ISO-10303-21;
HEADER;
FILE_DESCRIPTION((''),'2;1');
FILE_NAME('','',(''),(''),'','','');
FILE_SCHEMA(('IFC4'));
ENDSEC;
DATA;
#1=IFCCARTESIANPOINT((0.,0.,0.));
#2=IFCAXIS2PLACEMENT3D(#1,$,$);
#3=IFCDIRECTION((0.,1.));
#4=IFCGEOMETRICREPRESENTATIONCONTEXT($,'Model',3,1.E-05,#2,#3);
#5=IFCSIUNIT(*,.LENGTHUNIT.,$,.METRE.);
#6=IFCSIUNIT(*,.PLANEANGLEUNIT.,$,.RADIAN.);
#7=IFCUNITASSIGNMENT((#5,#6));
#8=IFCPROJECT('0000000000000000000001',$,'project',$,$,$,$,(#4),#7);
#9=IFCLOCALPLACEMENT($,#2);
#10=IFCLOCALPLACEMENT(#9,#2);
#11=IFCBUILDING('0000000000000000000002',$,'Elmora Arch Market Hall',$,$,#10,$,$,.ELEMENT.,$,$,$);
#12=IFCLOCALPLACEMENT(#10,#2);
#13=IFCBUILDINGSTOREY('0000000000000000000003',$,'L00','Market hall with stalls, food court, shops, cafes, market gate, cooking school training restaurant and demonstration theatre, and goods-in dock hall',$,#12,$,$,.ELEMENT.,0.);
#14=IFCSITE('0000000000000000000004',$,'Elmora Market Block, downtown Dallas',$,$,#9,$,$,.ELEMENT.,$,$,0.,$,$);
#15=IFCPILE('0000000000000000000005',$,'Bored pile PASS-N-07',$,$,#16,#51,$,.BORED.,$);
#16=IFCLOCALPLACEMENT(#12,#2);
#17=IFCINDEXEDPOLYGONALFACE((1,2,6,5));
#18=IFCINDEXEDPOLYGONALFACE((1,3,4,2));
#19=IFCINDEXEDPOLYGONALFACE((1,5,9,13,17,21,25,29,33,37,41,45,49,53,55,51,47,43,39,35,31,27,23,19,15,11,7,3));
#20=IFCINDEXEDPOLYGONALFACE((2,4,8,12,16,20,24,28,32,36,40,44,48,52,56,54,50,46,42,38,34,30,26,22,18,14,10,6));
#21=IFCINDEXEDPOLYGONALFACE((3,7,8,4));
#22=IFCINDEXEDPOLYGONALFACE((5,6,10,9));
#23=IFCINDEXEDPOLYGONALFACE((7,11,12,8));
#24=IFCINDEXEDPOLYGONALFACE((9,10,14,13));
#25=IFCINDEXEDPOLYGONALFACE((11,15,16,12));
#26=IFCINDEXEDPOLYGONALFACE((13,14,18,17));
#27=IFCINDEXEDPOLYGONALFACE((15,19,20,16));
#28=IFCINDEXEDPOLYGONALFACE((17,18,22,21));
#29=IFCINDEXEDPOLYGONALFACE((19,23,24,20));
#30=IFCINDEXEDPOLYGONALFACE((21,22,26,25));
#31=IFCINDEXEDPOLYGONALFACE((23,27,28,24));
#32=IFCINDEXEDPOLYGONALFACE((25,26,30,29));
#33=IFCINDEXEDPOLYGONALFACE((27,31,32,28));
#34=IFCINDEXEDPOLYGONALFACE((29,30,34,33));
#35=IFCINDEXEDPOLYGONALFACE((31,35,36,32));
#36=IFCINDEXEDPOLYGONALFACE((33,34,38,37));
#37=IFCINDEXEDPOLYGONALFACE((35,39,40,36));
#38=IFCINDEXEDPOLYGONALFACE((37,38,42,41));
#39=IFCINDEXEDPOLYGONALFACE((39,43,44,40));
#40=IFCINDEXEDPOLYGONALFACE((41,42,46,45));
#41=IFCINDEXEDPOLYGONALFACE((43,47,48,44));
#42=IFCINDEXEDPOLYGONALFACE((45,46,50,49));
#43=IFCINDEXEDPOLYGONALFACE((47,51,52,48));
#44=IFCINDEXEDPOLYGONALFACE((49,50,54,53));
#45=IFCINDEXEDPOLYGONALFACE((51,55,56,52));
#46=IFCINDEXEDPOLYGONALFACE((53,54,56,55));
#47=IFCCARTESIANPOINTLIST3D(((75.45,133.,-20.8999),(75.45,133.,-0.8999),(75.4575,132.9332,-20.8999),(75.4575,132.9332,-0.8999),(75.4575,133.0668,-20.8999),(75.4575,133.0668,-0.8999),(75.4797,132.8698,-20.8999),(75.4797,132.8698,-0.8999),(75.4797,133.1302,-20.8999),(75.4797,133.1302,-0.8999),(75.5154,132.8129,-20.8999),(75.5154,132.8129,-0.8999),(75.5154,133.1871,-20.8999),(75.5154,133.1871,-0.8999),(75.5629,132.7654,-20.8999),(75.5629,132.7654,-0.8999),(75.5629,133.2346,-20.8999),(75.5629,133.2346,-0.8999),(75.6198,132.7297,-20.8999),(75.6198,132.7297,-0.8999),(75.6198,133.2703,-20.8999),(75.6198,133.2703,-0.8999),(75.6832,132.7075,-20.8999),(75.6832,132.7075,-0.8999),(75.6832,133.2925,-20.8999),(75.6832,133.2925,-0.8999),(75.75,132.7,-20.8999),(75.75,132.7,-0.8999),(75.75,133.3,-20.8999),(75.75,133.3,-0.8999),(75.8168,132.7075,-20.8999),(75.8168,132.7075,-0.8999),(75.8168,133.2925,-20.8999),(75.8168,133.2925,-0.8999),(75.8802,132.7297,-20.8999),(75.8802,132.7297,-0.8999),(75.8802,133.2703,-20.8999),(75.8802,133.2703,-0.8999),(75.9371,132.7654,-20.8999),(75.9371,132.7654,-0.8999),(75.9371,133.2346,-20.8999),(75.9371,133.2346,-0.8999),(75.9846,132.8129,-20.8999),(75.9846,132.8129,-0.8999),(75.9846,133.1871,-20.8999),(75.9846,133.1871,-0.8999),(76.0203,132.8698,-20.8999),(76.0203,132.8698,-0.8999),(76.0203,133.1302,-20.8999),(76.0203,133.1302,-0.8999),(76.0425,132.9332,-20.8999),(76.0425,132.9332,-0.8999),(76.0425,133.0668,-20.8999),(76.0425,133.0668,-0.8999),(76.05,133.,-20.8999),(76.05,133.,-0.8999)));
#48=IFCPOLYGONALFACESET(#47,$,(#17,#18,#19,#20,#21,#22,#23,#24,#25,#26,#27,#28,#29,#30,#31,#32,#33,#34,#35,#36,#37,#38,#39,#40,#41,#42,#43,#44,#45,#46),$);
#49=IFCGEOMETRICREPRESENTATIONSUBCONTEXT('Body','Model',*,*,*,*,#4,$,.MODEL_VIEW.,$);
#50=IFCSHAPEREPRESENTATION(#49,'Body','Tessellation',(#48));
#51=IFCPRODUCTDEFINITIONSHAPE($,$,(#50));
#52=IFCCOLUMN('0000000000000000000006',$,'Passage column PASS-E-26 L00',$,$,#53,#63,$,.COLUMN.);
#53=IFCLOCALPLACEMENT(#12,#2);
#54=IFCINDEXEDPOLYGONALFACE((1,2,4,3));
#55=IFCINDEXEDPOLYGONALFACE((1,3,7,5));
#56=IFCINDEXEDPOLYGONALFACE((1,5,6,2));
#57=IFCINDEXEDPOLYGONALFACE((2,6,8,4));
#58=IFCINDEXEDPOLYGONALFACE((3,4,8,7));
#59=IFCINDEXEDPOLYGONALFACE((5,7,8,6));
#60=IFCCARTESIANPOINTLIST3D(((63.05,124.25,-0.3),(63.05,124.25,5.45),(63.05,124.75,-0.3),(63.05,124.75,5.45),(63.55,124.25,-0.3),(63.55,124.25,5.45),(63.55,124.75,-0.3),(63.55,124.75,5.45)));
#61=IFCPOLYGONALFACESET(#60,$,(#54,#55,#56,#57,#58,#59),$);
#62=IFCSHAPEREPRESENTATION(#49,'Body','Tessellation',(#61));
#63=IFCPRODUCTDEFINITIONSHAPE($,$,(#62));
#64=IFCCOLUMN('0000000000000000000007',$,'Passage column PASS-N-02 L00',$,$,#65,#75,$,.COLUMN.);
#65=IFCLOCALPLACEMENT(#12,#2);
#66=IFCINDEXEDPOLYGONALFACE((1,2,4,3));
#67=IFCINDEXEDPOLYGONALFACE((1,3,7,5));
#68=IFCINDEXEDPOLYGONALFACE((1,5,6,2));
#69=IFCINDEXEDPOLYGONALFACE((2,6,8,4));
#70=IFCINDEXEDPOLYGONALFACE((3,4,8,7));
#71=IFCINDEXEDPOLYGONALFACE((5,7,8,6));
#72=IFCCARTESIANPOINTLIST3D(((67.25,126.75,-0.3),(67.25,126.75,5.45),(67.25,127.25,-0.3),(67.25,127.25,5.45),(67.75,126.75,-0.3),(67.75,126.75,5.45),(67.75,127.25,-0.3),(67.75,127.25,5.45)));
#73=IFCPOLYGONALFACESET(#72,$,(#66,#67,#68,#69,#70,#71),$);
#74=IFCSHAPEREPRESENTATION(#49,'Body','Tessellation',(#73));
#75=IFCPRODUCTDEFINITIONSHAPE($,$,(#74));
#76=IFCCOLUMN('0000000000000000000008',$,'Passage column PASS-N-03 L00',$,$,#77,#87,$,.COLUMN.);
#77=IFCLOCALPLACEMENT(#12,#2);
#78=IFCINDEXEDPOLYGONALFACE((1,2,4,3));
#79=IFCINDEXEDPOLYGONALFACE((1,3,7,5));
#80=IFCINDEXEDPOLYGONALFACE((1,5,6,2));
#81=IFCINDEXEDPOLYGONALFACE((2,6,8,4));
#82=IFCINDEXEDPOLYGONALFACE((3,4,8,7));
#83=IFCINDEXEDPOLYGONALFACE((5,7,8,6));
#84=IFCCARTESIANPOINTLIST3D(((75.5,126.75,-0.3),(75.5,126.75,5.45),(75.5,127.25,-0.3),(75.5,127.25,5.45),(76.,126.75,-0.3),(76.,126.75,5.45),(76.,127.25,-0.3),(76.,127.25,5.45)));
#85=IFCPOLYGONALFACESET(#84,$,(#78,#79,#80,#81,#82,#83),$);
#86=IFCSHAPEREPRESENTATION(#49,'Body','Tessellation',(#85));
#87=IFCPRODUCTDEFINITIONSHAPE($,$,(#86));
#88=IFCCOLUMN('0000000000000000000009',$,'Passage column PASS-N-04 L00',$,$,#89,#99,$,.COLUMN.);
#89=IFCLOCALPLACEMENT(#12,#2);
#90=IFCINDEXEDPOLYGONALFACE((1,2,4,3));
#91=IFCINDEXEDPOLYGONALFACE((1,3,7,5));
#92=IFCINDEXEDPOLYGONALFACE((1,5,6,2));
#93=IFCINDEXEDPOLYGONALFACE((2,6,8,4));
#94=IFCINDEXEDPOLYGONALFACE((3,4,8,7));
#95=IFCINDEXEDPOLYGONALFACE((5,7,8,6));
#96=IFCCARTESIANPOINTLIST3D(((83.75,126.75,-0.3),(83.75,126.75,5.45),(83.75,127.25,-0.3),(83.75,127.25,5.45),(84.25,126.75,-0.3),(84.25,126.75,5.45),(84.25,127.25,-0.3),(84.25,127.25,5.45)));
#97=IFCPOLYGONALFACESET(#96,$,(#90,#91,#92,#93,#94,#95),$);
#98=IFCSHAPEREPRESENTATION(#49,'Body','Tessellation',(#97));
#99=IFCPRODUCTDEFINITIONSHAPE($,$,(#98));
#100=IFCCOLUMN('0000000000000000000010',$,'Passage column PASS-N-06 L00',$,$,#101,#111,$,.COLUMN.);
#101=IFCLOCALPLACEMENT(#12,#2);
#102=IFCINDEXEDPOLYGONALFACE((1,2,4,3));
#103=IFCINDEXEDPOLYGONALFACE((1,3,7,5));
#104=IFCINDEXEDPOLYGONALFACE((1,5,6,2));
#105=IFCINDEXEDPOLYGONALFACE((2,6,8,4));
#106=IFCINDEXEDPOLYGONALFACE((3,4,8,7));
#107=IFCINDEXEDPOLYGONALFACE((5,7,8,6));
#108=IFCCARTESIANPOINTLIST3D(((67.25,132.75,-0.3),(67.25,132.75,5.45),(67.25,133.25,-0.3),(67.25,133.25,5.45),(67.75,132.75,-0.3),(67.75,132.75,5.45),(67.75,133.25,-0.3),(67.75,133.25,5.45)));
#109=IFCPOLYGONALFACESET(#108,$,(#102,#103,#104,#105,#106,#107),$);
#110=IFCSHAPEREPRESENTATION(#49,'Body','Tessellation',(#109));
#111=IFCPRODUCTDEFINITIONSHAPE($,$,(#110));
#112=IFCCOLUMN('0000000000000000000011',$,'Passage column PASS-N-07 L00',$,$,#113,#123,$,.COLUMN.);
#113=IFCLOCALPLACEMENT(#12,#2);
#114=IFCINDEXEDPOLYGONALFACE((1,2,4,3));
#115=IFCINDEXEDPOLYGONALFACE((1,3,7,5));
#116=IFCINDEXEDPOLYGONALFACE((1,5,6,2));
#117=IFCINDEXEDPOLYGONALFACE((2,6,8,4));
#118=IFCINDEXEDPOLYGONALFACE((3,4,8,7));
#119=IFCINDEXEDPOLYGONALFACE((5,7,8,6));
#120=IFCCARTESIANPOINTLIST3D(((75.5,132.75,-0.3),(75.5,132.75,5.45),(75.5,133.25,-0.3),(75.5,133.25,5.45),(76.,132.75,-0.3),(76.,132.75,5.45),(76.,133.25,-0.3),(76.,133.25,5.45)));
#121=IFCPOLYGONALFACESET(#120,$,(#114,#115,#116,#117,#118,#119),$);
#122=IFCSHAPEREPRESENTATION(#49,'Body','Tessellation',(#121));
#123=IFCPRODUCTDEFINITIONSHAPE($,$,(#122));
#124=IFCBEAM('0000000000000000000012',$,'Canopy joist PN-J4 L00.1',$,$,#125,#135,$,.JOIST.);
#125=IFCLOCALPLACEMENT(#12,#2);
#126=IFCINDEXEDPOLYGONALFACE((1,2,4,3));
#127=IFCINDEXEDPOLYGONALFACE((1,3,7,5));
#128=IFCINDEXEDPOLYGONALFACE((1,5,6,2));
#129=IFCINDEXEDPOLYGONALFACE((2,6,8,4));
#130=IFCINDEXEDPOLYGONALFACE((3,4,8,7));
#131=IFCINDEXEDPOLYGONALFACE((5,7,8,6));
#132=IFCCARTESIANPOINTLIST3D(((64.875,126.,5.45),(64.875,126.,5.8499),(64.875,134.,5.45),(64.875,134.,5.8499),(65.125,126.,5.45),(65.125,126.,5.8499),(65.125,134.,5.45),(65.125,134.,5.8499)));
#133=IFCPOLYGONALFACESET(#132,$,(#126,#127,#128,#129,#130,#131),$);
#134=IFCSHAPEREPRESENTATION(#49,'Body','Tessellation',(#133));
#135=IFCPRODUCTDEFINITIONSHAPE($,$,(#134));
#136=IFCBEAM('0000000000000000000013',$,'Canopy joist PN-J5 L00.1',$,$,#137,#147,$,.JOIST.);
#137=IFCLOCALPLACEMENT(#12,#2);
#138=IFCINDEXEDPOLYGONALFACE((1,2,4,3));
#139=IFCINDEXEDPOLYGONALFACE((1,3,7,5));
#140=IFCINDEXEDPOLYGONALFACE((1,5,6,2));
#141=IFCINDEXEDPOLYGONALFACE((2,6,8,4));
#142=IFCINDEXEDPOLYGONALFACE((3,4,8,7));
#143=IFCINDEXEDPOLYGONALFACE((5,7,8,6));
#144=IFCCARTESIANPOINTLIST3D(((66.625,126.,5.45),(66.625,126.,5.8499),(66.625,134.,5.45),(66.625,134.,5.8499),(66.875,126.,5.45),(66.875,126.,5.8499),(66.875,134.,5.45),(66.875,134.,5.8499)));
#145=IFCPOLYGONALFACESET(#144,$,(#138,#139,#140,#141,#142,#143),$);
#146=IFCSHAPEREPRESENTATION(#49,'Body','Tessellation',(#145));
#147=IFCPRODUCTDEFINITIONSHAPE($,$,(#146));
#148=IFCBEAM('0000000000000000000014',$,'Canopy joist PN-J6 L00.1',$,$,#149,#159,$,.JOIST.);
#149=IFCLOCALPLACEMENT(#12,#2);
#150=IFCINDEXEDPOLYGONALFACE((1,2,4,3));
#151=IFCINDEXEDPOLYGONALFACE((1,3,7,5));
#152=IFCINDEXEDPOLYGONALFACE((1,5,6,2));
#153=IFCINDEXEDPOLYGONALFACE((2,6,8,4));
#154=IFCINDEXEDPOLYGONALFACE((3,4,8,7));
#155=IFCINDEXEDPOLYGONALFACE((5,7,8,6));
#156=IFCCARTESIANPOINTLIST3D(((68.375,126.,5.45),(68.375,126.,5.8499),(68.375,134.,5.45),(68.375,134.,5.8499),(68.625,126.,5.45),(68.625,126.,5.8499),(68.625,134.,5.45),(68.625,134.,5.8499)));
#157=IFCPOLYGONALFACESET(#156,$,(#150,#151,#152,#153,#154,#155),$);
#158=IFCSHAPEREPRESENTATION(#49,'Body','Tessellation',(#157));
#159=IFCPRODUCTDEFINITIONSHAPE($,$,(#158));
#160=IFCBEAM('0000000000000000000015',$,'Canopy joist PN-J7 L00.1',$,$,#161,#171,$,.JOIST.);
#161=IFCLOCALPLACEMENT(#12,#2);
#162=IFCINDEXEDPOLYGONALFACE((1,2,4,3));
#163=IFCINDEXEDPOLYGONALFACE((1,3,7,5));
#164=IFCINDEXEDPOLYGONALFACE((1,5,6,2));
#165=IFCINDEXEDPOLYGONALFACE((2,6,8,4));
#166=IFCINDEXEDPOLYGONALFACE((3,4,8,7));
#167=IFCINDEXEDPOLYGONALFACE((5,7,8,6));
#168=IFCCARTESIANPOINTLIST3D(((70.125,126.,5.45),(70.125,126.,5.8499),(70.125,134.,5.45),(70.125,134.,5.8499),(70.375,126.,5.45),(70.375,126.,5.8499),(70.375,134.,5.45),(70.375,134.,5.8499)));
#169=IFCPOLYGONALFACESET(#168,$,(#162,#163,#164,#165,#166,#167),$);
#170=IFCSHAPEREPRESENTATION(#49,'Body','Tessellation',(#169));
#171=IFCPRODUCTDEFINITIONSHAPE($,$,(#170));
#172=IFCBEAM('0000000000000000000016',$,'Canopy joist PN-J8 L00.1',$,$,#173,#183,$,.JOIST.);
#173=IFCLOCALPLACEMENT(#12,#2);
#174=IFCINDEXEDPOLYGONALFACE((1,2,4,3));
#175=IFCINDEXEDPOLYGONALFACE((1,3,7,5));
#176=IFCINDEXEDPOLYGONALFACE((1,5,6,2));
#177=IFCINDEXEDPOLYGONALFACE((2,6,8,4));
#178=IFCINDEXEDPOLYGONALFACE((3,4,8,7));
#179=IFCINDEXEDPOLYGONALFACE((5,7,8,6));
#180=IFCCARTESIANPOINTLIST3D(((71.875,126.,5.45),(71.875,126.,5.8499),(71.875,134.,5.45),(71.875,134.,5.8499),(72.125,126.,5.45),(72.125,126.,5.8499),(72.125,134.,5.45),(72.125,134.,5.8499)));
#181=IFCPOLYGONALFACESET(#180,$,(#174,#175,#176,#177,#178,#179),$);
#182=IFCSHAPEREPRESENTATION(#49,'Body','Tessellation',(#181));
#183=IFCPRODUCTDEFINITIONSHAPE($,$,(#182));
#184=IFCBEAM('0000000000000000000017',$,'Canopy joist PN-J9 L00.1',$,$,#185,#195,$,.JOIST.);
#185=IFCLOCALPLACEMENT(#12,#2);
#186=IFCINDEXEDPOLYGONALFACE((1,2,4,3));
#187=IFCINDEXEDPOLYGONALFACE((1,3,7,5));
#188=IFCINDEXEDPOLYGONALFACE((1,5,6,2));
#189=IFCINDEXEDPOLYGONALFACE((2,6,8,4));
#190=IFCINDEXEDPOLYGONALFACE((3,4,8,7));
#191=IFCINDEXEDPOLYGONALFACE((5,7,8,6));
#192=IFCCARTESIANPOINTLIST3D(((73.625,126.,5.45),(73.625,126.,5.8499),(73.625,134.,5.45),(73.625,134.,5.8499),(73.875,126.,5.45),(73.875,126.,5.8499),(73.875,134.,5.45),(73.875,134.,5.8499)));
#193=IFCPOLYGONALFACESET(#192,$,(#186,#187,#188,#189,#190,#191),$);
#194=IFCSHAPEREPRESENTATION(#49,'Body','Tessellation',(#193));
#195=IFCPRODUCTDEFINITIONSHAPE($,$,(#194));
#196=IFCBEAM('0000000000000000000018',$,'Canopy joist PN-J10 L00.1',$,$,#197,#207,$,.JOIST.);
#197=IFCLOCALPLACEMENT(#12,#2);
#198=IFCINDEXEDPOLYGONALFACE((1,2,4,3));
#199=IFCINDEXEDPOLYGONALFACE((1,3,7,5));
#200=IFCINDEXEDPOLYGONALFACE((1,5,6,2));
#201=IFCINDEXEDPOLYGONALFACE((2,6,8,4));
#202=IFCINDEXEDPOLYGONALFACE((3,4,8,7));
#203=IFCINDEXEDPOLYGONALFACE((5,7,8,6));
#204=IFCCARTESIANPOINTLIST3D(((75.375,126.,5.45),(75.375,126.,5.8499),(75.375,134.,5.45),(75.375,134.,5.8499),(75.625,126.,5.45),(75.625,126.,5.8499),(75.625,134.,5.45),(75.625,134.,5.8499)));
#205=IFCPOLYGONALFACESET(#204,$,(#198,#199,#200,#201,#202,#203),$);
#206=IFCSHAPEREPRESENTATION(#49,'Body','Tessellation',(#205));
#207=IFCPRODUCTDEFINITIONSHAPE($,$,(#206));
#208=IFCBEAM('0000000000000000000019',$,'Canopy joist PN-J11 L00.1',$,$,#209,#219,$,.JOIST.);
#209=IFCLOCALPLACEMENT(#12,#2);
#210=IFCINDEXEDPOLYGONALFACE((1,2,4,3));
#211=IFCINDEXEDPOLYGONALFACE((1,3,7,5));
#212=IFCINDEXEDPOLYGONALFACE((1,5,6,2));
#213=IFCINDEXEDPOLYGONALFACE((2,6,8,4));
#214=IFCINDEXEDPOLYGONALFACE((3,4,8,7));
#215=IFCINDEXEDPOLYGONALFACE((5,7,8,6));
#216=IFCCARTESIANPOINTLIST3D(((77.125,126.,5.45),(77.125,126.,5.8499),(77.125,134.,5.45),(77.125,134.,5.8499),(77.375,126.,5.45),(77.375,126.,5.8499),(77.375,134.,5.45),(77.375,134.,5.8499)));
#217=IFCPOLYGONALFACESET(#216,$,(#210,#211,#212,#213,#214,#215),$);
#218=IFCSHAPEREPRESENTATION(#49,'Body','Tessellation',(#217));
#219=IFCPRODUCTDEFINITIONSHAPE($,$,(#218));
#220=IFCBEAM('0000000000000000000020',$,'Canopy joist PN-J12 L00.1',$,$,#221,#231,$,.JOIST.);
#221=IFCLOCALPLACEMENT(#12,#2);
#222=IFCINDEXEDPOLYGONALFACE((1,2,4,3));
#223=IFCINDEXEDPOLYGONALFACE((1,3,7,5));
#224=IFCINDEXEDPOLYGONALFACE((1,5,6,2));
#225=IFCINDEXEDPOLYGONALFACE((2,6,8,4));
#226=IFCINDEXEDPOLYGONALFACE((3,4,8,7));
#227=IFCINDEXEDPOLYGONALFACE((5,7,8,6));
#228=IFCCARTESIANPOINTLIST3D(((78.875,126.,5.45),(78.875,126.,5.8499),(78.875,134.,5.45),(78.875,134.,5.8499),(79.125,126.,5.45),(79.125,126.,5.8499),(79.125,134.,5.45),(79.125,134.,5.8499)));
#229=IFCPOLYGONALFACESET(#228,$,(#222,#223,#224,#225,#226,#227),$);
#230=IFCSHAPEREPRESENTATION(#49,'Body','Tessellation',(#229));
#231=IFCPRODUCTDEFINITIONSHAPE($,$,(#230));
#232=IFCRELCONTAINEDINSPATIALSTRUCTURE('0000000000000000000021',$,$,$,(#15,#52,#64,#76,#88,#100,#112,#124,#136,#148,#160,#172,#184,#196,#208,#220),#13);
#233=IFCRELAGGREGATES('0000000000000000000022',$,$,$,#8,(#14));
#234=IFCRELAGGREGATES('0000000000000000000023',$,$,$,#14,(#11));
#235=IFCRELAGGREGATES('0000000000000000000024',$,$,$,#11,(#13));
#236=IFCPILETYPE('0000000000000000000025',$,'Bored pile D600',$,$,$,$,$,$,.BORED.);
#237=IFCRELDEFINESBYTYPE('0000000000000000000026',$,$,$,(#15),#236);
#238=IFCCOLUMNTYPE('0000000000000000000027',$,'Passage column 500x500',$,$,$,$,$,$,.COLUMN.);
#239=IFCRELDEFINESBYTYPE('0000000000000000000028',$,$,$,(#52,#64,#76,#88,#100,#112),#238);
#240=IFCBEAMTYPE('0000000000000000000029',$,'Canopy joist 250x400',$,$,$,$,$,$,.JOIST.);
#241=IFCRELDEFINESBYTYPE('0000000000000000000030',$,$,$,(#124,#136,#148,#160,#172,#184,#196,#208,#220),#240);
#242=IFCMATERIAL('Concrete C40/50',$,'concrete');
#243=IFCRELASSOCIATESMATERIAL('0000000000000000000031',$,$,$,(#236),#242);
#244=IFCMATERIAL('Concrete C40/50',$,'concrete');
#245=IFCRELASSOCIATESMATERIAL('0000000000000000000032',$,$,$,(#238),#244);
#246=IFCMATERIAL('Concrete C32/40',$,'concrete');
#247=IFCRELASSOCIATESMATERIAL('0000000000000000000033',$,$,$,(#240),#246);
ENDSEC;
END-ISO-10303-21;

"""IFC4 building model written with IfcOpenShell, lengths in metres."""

from ifc_helpers import new_model, si_unit, direction, frame, origin, origin_2d, place, context, subcontext, project, spatial, rectangle, circle, extrude, material, material_profile, profile_set, type_object, element, save


model = new_model("IFC4")

# Units and contexts
model_context = context("Model", 3, precision=1e-05, world=origin(), true_north=direction((0.0, 1.0)))
body_context = subcontext(model_context, "Body", "Model", "MODEL_VIEW")
ifc_project = project(units=[si_unit("LENGTHUNIT", "METRE"), si_unit("PLANEANGLEUNIT", "RADIAN")], contexts=[model_context])

# Site, building, storey
site_placement = place(None, origin())
site = spatial("IfcSite", under=ifc_project, at=site_placement, Name="Elmora Market Block, downtown Dallas", CompositionType="ELEMENT", RefElevation=0.0)
building_placement = place(site_placement, origin())
building = spatial("IfcBuilding", under=site, at=building_placement, Name="Elmora Arch Market Hall", CompositionType="ELEMENT")
storey_placement = place(building_placement, origin())
storey = spatial("IfcBuildingStorey", under=building, at=storey_placement, Name="L00", Description="Market hall with stalls, food court, shops, cafes, market gate, cooking school training restaurant and demonstration theatre, and goods-in dock hall", CompositionType="ELEMENT", Elevation=0.0)

# Pile
ifc_material_1 = material(Name="Concrete C40/50", Category="concrete")
ifc_material_profile_1 = material_profile(ifc_material_1, circle(Radius=0.3, at=origin_2d()), Name="Bored pile D600")
ifc_profile_set_1 = profile_set([ifc_material_profile_1], Name="Concrete C40/50")
pile_type = type_object("IfcPileType", Name="Bored pile D600", PredefinedType="BORED", material=ifc_profile_set_1)
for number, where, z_axis, x_axis, name in (
    (1, (75.75, 133.0, -0.8999), (0.0, 0.0, -1.0), (1.0, 0.0, 0.0), "Bored pile PASS-N-07"),
):
    element("IfcPile", number, at=place(storey_placement, frame(where, z_axis=z_axis, x_axis=x_axis)), inside=storey, type_object=pile_type, Name=name, PredefinedType="BORED", context=body_context, shape_type="SweptSolid", body=[
        extrude(circle(Radius=0.3, at=origin_2d()), origin(), (0.0, 0.0, 1.0), 20.0),
    ])

# Columns
ifc_material_2 = material(Name="Concrete C40/50", Category="concrete")
ifc_material_profile_2 = material_profile(ifc_material_2, rectangle(XDim=0.5, YDim=0.5, at=origin_2d()), Name="Passage column 500x500")
ifc_profile_set_2 = profile_set([ifc_material_profile_2], Name="Concrete C40/50")
column_type = type_object("IfcColumnType", Name="Passage column 500x500", PredefinedType="COLUMN", material=ifc_profile_set_2)
for number, where, z_axis, x_axis, name in (
    (2, (63.3, 124.5, -0.3), (0.0, 0.0, 1.0), (1.0, 0.0, 0.0), "Passage column PASS-E-26 L00"),
    (3, (67.5, 127.0, -0.3), (0.0, 0.0, 1.0), (1.0, 0.0, 0.0), "Passage column PASS-N-02 L00"),
    (4, (75.75, 127.0, -0.3), (0.0, 0.0, 1.0), (1.0, 0.0, 0.0), "Passage column PASS-N-03 L00"),
    (5, (84.0, 127.0, -0.3), (0.0, 0.0, 1.0), (1.0, 0.0, 0.0), "Passage column PASS-N-04 L00"),
    (6, (67.5, 133.0, -0.3), (0.0, 0.0, 1.0), (1.0, 0.0, 0.0), "Passage column PASS-N-06 L00"),
    (7, (75.75, 133.0, -0.3), (0.0, 0.0, 1.0), (1.0, 0.0, 0.0), "Passage column PASS-N-07 L00"),
):
    element("IfcColumn", number, at=place(storey_placement, frame(where, z_axis=z_axis, x_axis=x_axis)), inside=storey, type_object=column_type, Name=name, PredefinedType="COLUMN", context=body_context, shape_type="SweptSolid", body=[
        extrude(rectangle(XDim=0.5, YDim=0.5, at=origin_2d()), origin(), (0.0, 0.0, 1.0), 5.75),
    ])

# Beams
ifc_material_3 = material(Name="Concrete C32/40", Category="concrete")
ifc_material_profile_3 = material_profile(ifc_material_3, rectangle(XDim=0.25, YDim=0.3999, at=origin_2d()), Name="Canopy joist 250x400")
ifc_profile_set_3 = profile_set([ifc_material_profile_3], Name="Concrete C32/40")
beam_type_1 = type_object("IfcBeamType", Name="Canopy joist 250x400", PredefinedType="JOIST", material=ifc_profile_set_3)
for number, where, z_axis, x_axis, name in (
    (8, (65.0, 126.0, 5.6499), (0.0, 1.0, 0.0), (-1.0, 0.0, 0.0), "Canopy joist PN-J4 L00.1"),
    (9, (66.75, 126.0, 5.6499), (0.0, 1.0, 0.0), (-1.0, 0.0, 0.0), "Canopy joist PN-J5 L00.1"),
    (10, (68.5, 126.0, 5.6499), (0.0, 1.0, 0.0), (-1.0, 0.0, 0.0), "Canopy joist PN-J6 L00.1"),
    (11, (70.25, 126.0, 5.6499), (0.0, 1.0, 0.0), (-1.0, 0.0, 0.0), "Canopy joist PN-J7 L00.1"),
    (12, (72.0, 126.0, 5.6499), (0.0, 1.0, 0.0), (-1.0, 0.0, 0.0), "Canopy joist PN-J8 L00.1"),
    (13, (73.75, 126.0, 5.6499), (0.0, 1.0, 0.0), (-1.0, 0.0, 0.0), "Canopy joist PN-J9 L00.1"),
    (14, (75.5, 126.0, 5.6499), (0.0, 1.0, 0.0), (-1.0, 0.0, 0.0), "Canopy joist PN-J10 L00.1"),
    (15, (77.25, 126.0, 5.6499), (0.0, 1.0, 0.0), (-1.0, 0.0, 0.0), "Canopy joist PN-J11 L00.1"),
    (16, (79.0, 126.0, 5.6499), (0.0, 1.0, 0.0), (-1.0, 0.0, 0.0), "Canopy joist PN-J12 L00.1"),
):
    element("IfcBeam", number, at=place(storey_placement, frame(where, z_axis=z_axis, x_axis=x_axis)), inside=storey, type_object=beam_type_1, Name=name, PredefinedType="JOIST", context=body_context, shape_type="SweptSolid", body=[
        extrude(rectangle(XDim=0.25, YDim=0.3999, at=origin_2d()), origin(), (0.0, 0.0, 1.0), 8.0),
    ])

save(model, "model.ifc")
